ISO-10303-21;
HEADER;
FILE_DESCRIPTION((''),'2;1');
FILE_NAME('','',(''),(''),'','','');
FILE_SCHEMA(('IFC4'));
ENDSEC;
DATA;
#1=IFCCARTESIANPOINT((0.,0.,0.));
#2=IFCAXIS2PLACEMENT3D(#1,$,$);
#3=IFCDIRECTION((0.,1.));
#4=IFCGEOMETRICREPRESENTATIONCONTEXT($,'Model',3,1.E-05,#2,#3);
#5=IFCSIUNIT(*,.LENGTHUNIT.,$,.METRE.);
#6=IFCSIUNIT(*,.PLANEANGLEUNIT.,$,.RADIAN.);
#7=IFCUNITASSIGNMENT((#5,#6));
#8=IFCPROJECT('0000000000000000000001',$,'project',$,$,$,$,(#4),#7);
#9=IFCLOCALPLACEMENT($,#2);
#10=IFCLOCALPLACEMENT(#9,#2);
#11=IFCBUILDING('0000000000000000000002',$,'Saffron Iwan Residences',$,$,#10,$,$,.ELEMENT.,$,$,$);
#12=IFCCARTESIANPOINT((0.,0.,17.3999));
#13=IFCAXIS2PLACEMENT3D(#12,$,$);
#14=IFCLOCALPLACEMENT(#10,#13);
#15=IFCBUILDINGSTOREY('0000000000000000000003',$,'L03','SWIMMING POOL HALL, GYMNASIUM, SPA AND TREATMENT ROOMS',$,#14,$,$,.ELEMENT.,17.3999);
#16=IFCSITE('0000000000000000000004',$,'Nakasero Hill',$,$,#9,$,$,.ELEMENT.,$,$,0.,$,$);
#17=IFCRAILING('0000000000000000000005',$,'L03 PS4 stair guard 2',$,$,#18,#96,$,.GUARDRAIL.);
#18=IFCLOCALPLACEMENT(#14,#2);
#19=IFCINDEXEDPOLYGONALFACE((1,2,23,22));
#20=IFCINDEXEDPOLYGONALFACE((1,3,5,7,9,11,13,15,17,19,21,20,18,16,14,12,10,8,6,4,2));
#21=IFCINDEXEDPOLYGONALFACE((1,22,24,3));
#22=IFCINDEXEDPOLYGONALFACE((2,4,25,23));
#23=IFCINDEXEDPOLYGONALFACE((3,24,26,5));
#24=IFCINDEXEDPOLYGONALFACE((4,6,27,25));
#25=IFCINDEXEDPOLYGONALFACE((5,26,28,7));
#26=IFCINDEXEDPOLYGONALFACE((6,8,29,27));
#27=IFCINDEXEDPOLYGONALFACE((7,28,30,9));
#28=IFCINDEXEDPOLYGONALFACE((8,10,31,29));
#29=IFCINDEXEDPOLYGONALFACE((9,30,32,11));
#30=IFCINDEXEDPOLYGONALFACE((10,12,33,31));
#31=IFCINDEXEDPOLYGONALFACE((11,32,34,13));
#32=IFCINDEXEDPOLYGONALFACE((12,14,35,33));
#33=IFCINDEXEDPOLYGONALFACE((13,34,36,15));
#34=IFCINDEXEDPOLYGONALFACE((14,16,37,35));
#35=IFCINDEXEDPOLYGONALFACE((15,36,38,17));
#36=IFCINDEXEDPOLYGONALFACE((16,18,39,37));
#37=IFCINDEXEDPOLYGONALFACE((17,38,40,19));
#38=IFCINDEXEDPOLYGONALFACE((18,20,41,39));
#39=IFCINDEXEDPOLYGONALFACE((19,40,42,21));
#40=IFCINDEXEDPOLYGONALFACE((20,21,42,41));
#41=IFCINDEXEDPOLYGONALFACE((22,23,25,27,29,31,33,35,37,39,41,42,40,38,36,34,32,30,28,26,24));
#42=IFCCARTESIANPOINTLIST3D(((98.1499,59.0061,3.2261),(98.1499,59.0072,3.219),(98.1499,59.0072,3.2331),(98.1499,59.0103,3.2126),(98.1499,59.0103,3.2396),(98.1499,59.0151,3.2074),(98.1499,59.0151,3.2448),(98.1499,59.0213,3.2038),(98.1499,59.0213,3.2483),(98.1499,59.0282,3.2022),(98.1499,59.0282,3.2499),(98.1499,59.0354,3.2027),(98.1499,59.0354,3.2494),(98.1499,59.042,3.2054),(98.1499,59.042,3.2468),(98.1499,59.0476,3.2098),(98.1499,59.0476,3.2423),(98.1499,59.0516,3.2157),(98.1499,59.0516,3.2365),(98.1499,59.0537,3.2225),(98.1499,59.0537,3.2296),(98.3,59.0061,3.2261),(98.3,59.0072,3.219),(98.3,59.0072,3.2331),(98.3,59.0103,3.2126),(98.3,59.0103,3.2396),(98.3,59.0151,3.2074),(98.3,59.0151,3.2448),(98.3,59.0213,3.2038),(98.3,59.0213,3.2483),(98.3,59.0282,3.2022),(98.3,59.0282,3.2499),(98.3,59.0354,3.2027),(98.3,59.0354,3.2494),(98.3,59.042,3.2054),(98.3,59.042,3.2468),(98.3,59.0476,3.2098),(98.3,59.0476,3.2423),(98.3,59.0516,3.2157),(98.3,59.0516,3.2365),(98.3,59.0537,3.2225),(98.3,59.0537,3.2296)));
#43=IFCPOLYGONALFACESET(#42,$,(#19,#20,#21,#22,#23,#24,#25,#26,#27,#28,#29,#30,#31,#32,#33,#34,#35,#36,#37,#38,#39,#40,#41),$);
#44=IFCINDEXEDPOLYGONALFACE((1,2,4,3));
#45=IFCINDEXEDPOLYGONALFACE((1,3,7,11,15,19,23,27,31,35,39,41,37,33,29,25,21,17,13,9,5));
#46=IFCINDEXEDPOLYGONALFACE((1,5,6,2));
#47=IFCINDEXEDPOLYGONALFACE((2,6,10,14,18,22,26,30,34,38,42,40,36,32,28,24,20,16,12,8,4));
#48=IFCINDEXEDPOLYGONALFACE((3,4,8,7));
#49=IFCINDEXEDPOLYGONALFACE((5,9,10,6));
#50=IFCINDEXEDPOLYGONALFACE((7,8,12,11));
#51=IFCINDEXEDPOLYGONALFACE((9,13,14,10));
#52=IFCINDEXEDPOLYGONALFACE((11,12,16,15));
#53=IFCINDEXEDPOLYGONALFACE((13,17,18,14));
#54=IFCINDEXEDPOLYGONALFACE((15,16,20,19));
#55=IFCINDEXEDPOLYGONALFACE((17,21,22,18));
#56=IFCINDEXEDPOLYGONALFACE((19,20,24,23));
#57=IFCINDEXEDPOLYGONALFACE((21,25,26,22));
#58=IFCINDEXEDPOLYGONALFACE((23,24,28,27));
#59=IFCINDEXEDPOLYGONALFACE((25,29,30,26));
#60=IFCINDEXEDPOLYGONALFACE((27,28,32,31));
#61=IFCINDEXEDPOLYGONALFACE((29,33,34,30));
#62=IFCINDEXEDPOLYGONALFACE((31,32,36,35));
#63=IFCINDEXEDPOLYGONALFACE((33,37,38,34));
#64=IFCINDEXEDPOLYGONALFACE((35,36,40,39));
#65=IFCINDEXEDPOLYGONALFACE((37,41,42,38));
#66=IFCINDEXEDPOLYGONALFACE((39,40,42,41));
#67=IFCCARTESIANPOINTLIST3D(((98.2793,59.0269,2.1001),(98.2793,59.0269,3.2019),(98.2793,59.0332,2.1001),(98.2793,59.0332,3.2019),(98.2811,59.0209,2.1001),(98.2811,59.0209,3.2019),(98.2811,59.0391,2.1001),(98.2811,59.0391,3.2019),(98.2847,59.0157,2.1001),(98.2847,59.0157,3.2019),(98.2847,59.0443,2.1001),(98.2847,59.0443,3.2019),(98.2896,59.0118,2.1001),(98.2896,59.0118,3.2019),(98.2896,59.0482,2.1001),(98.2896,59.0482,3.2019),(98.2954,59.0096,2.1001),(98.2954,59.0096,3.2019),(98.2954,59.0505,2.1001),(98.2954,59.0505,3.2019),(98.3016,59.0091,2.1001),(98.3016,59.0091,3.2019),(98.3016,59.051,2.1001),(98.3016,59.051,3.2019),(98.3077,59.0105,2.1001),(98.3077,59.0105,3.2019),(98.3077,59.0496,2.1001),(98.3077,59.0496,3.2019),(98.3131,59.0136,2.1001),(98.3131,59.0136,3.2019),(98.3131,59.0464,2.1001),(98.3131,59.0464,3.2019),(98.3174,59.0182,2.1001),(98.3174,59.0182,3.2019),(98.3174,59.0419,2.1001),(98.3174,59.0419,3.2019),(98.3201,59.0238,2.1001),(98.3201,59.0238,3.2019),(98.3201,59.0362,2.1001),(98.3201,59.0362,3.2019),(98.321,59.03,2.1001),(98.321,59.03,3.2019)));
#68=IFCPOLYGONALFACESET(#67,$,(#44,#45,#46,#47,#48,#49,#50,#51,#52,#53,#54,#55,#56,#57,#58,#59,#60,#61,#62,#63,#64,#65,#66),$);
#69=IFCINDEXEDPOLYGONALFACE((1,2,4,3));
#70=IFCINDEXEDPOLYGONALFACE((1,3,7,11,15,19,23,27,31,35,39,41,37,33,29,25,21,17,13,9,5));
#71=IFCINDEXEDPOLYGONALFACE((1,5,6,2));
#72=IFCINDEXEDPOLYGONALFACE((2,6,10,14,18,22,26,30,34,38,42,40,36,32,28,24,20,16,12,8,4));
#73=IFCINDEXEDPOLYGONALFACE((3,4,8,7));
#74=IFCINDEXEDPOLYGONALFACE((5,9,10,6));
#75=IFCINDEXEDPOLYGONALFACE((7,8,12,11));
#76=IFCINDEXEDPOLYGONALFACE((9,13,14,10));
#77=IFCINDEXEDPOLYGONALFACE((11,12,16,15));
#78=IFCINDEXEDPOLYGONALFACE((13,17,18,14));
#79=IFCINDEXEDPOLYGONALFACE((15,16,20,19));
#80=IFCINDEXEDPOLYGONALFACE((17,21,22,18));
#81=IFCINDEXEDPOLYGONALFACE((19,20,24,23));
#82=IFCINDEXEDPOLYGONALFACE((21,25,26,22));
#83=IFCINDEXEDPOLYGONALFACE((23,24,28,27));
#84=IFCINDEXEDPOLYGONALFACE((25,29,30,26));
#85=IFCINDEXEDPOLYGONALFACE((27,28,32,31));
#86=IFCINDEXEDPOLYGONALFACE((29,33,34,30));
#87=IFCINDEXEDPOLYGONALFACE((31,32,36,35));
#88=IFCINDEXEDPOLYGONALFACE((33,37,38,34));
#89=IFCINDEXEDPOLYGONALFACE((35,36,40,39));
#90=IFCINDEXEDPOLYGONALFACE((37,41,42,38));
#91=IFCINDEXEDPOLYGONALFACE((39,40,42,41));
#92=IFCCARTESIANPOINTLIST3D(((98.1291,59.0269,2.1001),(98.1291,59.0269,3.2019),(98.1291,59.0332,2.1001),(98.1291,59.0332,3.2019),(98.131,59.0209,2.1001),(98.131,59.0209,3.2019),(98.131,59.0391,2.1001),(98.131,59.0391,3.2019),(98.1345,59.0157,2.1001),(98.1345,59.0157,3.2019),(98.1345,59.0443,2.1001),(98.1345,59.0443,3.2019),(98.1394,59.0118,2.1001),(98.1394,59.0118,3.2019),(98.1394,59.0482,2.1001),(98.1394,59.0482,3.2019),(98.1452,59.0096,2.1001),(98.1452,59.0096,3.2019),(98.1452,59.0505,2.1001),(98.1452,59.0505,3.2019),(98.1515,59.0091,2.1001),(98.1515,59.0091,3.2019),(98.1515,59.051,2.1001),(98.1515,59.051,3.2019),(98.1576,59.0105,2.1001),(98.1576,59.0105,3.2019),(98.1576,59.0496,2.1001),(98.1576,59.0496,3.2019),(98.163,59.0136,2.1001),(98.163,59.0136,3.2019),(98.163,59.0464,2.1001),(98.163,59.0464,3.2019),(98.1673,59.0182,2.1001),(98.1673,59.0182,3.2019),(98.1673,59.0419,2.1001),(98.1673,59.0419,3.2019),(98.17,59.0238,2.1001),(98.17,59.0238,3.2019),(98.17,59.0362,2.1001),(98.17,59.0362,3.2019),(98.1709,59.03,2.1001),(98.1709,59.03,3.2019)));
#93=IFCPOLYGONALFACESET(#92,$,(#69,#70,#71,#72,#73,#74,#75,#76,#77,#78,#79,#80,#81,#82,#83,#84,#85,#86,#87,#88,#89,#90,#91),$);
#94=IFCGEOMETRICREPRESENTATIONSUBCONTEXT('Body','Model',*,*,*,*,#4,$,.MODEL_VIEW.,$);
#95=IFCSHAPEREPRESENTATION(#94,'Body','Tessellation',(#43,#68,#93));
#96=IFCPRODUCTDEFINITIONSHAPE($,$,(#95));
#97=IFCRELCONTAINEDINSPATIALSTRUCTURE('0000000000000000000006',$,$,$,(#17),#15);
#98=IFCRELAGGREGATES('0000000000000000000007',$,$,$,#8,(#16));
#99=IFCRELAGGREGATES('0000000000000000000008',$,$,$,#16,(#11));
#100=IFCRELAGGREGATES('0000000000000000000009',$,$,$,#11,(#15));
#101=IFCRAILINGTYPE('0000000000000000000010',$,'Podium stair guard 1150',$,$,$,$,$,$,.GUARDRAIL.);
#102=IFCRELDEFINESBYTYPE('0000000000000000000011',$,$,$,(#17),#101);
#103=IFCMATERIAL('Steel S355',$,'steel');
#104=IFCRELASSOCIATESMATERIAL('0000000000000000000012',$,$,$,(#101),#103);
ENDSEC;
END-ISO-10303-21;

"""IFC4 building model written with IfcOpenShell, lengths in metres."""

from ifc_helpers import new_model, si_unit, direction, frame, origin, origin_2d, place, context, subcontext, project, spatial, circle, extrude, material, type_object, element, save


model = new_model("IFC4")

# Units and contexts
model_context = context("Model", 3, precision=1e-05, world=origin(), true_north=direction((0.0, 1.0)))
body_context = subcontext(model_context, "Body", "Model", "MODEL_VIEW")
ifc_project = project(units=[si_unit("LENGTHUNIT", "METRE"), si_unit("PLANEANGLEUNIT", "RADIAN")], contexts=[model_context])

# Site, building, storey
site_placement = place(None, origin())
site = spatial("IfcSite", under=ifc_project, at=site_placement, Name="Nakasero Hill", CompositionType="ELEMENT", RefElevation=0.0)
building_placement = place(site_placement, origin())
building = spatial("IfcBuilding", under=site, at=building_placement, Name="Saffron Iwan Residences", CompositionType="ELEMENT")
storey_placement = place(building_placement, frame((0.0, 0.0, 17.3999)))
storey = spatial("IfcBuildingStorey", under=building, at=storey_placement, Name="L03", Description="SWIMMING POOL HALL, GYMNASIUM, SPA AND TREATMENT ROOMS", CompositionType="ELEMENT", Elevation=17.3999)

# Railing
ifc_material_1 = material(Name="Steel S355", Category="steel")
railing_type_1 = type_object("IfcRailingType", Name="Podium stair guard 1150", PredefinedType="GUARDRAIL", material=ifc_material_1)
railing_1_placement = place(storey_placement, frame((98.3, 59.03, 2.1001)))
element("IfcRailing", 1, at=railing_1_placement, inside=storey, type_object=railing_type_1, Name="L03 PS4 stair guard 2", PredefinedType="GUARDRAIL", context=body_context, shape_type="SweptSolid", body=[
    extrude(circle(Radius=0.0239, at=origin_2d()), frame((0.0, 0.0, 1.126), z_axis=(-1.0, 0.0, 0.0), x_axis=(0.0, -1.0, 0.0)), (0.0, 0.0, 1.0), 0.1501),
    extrude(circle(Radius=0.021, at=origin_2d()), origin(), (0.0, 0.0, 1.0), 1.1018),
    extrude(circle(Radius=0.021, at=origin_2d()), frame((-0.1501, 0.0, 0.0)), (0.0, 0.0, 1.0), 1.1018),
])

save(model, "model.ifc")
